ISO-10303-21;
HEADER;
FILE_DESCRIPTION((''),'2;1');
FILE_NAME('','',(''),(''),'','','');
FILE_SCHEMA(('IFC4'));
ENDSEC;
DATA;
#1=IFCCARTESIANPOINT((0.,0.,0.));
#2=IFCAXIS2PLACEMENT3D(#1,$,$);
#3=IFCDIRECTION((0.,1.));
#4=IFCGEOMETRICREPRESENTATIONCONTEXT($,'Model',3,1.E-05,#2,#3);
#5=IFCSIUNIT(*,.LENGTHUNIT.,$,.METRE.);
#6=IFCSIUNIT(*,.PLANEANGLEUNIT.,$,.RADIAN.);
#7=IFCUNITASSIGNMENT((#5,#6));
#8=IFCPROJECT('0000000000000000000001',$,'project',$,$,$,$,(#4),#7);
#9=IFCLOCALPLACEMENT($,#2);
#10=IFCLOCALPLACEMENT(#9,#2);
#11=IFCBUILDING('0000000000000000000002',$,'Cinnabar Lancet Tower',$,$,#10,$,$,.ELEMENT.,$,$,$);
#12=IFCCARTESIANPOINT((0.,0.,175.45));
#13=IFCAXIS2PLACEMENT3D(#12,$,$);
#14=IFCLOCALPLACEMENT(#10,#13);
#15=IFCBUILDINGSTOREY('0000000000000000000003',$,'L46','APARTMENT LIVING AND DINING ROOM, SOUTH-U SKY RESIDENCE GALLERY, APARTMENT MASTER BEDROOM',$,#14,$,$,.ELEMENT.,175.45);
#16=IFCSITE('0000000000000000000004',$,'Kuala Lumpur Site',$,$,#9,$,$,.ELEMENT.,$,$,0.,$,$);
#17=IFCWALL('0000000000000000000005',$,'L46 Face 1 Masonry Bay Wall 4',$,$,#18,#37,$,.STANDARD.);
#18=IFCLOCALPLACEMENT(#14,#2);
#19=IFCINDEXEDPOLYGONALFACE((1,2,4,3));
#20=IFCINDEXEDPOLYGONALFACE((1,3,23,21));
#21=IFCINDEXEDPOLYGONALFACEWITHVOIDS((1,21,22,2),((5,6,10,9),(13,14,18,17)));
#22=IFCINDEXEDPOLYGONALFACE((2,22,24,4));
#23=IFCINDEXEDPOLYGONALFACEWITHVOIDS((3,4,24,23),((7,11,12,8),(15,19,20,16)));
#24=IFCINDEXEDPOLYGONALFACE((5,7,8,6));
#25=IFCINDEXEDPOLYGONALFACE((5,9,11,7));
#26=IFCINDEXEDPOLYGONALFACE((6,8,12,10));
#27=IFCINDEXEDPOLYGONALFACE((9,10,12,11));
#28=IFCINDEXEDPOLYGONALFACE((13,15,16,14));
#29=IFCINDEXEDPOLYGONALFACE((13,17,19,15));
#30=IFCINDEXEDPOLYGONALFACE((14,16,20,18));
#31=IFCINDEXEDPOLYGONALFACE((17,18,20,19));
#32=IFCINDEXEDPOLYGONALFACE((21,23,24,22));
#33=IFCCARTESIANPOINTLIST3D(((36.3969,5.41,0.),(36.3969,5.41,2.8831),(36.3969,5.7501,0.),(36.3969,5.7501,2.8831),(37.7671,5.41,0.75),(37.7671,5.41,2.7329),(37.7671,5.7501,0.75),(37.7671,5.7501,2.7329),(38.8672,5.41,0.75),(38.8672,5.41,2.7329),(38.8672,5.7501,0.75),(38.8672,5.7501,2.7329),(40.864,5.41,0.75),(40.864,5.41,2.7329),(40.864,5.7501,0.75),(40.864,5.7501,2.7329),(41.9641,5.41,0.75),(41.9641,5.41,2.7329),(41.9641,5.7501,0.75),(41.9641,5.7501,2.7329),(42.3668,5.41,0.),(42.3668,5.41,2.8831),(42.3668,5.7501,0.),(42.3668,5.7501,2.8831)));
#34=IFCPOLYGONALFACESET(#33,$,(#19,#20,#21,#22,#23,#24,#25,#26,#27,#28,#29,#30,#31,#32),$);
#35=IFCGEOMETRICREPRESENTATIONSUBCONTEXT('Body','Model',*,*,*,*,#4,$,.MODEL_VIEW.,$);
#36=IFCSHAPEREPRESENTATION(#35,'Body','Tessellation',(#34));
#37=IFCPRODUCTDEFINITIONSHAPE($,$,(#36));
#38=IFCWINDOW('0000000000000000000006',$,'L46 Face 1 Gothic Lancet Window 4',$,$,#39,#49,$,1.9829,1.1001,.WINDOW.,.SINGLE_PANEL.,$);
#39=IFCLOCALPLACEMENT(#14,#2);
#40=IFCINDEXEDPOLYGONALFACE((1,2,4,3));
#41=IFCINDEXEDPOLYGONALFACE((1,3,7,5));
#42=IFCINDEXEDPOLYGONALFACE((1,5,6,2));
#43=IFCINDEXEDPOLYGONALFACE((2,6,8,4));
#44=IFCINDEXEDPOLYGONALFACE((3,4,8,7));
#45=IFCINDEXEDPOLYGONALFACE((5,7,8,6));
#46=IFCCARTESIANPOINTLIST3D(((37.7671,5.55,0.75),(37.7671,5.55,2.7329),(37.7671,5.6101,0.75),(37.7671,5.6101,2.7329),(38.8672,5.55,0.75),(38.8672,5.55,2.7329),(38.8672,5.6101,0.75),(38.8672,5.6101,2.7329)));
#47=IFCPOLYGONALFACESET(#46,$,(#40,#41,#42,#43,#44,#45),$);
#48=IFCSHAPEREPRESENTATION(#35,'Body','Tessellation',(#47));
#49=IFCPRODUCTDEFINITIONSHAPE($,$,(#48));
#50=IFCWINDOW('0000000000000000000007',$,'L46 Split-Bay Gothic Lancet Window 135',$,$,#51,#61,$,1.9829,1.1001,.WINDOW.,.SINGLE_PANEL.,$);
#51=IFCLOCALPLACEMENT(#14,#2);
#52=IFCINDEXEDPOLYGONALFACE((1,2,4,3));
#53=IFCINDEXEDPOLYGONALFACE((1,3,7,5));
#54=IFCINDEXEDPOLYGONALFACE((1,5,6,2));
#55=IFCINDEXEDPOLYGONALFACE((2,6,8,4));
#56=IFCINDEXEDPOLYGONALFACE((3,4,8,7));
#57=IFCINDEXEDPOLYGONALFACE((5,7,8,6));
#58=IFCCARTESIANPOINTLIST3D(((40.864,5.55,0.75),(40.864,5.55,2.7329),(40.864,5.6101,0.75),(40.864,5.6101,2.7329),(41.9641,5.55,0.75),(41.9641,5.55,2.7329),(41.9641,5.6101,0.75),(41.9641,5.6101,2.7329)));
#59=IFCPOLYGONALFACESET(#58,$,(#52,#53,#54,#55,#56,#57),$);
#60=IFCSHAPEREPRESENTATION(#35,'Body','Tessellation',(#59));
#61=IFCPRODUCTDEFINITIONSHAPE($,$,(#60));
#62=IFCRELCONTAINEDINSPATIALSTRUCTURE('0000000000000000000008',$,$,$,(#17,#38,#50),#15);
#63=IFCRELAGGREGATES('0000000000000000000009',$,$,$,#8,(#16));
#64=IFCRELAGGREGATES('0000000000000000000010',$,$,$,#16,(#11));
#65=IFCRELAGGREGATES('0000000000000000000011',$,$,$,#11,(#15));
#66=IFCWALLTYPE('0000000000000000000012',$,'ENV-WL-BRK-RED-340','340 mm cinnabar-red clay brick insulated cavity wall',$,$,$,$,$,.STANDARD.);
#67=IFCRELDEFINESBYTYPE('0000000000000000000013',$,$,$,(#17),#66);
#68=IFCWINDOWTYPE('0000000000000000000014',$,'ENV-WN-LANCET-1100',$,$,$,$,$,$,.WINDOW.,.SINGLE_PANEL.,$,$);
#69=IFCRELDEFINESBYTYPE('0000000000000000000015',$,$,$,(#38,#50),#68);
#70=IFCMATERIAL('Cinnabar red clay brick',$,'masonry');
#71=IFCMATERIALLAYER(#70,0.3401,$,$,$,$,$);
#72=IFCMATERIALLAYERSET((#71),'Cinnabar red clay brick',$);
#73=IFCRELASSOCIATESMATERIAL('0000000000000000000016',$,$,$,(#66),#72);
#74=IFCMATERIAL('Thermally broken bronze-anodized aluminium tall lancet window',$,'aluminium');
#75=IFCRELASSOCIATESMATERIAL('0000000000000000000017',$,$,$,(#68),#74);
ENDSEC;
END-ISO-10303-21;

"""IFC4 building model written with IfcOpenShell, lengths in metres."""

from ifc_helpers import new_model, si_unit, direction, frame, frame_2d, origin, place, context, subcontext, project, spatial, rectangle, extrude, material, layer, layer_set, type_object, element, fill, save


model = new_model("IFC4")

# Units and contexts
model_context = context("Model", 3, precision=1e-05, world=origin(), true_north=direction((0.0, 1.0)))
body_context = subcontext(model_context, "Body", "Model", "MODEL_VIEW")
ifc_project = project(units=[si_unit("LENGTHUNIT", "METRE"), si_unit("PLANEANGLEUNIT", "RADIAN")], contexts=[model_context])

# Site, building, storey
site_placement = place(None, origin())
site = spatial("IfcSite", under=ifc_project, at=site_placement, Name="Kuala Lumpur Site", CompositionType="ELEMENT", RefElevation=0.0)
building_placement = place(site_placement, origin())
building = spatial("IfcBuilding", under=site, at=building_placement, Name="Cinnabar Lancet Tower", CompositionType="ELEMENT")
storey_placement = place(building_placement, frame((0.0, 0.0, 175.45)))
storey = spatial("IfcBuildingStorey", under=building, at=storey_placement, Name="L46", Description="APARTMENT LIVING AND DINING ROOM, SOUTH-U SKY RESIDENCE GALLERY, APARTMENT MASTER BEDROOM", CompositionType="ELEMENT", Elevation=175.45)

# Wall, openings, windows
ifc_material_1 = material(Name="Cinnabar red clay brick", Category="masonry")
ifc_layer_1 = layer(ifc_material_1, 0.3401)
ifc_layer_set_1 = layer_set([ifc_layer_1], Name="Cinnabar red clay brick")
wall_type_1 = type_object("IfcWallType", Name="ENV-WL-BRK-RED-340", Description="340 mm cinnabar-red clay brick insulated cavity wall", PredefinedType="STANDARD", material=ifc_layer_set_1)
wall_1_placement = place(storey_placement, frame((36.397, 5.5801, 0.0), z_axis=(0.0, 0.0, 1.0), x_axis=(1.0, 0.0, 0.0)))
wall_1 = element("IfcWall", 1, at=wall_1_placement, inside=storey, type_object=wall_type_1, Name="L46 Face 1 Masonry Bay Wall 4", PredefinedType="STANDARD", context=body_context, shape_type="SweptSolid", body=[
    extrude(rectangle(XDim=5.97, YDim=0.3401, at=frame_2d((2.9849, 0.0))), origin(), (0.0, 0.0, 1.0), 2.8831),
])
opening_1_placement = place(wall_1_placement, frame((1.3701, 0.0, 0.75)))
opening_1 = element("IfcOpeningElement", 2, at=opening_1_placement, cuts=wall_1, PredefinedType="OPENING", context=body_context, shape_type="SweptSolid", body=[
    extrude(rectangle(XDim=1.1001, YDim=1.9829, at=frame_2d((0.55, 0.9915))), frame((0.0, 0.1799, 0.0), z_axis=(0.0, -1.0, 0.0), x_axis=(1.0, 0.0, 0.0)), (0.0, 0.0, 1.0), 0.3601),
])
opening_2_placement = place(wall_1_placement, frame((4.467, 0.0, 0.75)))
opening_2 = element("IfcOpeningElement", 3, at=opening_2_placement, cuts=wall_1, PredefinedType="OPENING", context=body_context, shape_type="SweptSolid", body=[
    extrude(rectangle(XDim=1.1001, YDim=1.9829, at=frame_2d((0.55, 0.9915))), frame((0.0, 0.1799, 0.0), z_axis=(0.0, -1.0, 0.0), x_axis=(1.0, 0.0, 0.0)), (0.0, 0.0, 1.0), 0.3601),
])
ifc_material_2 = material(Name="Thermally broken bronze-anodized aluminium tall lancet window", Category="aluminium")
window_type = type_object("IfcWindowType", Name="ENV-WN-LANCET-1100", PartitioningType="SINGLE_PANEL", PredefinedType="WINDOW", material=ifc_material_2)
window_1_placement = place(opening_1_placement, origin())
window_1 = element("IfcWindow", 4, at=window_1_placement, inside=storey, type_object=window_type, Name="L46 Face 1 Gothic Lancet Window 4", OverallHeight=1.9829, OverallWidth=1.1001, PartitioningType="SINGLE_PANEL", PredefinedType="WINDOW", context=body_context, shape_type="SweptSolid", body=[
    extrude(rectangle(XDim=1.1001, YDim=1.9829, at=frame_2d((0.55, 0.9915))), frame((0.0, 0.03, 0.0), z_axis=(0.0, -1.0, 0.0), x_axis=(1.0, 0.0, 0.0)), (0.0, 0.0, 1.0), 0.0601),
])
fill(opening_1, window_1)
window_2_placement = place(opening_2_placement, origin())
window_2 = element("IfcWindow", 5, at=window_2_placement, inside=storey, type_object=window_type, Name="L46 Split-Bay Gothic Lancet Window 135", OverallHeight=1.9829, OverallWidth=1.1001, PartitioningType="SINGLE_PANEL", PredefinedType="WINDOW", context=body_context, shape_type="SweptSolid", body=[
    extrude(rectangle(XDim=1.1001, YDim=1.9829, at=frame_2d((0.55, 0.9915))), frame((0.0, 0.03, 0.0), z_axis=(0.0, -1.0, 0.0), x_axis=(1.0, 0.0, 0.0)), (0.0, 0.0, 1.0), 0.0601),
])
fill(opening_2, window_2)

save(model, "model.ifc")
